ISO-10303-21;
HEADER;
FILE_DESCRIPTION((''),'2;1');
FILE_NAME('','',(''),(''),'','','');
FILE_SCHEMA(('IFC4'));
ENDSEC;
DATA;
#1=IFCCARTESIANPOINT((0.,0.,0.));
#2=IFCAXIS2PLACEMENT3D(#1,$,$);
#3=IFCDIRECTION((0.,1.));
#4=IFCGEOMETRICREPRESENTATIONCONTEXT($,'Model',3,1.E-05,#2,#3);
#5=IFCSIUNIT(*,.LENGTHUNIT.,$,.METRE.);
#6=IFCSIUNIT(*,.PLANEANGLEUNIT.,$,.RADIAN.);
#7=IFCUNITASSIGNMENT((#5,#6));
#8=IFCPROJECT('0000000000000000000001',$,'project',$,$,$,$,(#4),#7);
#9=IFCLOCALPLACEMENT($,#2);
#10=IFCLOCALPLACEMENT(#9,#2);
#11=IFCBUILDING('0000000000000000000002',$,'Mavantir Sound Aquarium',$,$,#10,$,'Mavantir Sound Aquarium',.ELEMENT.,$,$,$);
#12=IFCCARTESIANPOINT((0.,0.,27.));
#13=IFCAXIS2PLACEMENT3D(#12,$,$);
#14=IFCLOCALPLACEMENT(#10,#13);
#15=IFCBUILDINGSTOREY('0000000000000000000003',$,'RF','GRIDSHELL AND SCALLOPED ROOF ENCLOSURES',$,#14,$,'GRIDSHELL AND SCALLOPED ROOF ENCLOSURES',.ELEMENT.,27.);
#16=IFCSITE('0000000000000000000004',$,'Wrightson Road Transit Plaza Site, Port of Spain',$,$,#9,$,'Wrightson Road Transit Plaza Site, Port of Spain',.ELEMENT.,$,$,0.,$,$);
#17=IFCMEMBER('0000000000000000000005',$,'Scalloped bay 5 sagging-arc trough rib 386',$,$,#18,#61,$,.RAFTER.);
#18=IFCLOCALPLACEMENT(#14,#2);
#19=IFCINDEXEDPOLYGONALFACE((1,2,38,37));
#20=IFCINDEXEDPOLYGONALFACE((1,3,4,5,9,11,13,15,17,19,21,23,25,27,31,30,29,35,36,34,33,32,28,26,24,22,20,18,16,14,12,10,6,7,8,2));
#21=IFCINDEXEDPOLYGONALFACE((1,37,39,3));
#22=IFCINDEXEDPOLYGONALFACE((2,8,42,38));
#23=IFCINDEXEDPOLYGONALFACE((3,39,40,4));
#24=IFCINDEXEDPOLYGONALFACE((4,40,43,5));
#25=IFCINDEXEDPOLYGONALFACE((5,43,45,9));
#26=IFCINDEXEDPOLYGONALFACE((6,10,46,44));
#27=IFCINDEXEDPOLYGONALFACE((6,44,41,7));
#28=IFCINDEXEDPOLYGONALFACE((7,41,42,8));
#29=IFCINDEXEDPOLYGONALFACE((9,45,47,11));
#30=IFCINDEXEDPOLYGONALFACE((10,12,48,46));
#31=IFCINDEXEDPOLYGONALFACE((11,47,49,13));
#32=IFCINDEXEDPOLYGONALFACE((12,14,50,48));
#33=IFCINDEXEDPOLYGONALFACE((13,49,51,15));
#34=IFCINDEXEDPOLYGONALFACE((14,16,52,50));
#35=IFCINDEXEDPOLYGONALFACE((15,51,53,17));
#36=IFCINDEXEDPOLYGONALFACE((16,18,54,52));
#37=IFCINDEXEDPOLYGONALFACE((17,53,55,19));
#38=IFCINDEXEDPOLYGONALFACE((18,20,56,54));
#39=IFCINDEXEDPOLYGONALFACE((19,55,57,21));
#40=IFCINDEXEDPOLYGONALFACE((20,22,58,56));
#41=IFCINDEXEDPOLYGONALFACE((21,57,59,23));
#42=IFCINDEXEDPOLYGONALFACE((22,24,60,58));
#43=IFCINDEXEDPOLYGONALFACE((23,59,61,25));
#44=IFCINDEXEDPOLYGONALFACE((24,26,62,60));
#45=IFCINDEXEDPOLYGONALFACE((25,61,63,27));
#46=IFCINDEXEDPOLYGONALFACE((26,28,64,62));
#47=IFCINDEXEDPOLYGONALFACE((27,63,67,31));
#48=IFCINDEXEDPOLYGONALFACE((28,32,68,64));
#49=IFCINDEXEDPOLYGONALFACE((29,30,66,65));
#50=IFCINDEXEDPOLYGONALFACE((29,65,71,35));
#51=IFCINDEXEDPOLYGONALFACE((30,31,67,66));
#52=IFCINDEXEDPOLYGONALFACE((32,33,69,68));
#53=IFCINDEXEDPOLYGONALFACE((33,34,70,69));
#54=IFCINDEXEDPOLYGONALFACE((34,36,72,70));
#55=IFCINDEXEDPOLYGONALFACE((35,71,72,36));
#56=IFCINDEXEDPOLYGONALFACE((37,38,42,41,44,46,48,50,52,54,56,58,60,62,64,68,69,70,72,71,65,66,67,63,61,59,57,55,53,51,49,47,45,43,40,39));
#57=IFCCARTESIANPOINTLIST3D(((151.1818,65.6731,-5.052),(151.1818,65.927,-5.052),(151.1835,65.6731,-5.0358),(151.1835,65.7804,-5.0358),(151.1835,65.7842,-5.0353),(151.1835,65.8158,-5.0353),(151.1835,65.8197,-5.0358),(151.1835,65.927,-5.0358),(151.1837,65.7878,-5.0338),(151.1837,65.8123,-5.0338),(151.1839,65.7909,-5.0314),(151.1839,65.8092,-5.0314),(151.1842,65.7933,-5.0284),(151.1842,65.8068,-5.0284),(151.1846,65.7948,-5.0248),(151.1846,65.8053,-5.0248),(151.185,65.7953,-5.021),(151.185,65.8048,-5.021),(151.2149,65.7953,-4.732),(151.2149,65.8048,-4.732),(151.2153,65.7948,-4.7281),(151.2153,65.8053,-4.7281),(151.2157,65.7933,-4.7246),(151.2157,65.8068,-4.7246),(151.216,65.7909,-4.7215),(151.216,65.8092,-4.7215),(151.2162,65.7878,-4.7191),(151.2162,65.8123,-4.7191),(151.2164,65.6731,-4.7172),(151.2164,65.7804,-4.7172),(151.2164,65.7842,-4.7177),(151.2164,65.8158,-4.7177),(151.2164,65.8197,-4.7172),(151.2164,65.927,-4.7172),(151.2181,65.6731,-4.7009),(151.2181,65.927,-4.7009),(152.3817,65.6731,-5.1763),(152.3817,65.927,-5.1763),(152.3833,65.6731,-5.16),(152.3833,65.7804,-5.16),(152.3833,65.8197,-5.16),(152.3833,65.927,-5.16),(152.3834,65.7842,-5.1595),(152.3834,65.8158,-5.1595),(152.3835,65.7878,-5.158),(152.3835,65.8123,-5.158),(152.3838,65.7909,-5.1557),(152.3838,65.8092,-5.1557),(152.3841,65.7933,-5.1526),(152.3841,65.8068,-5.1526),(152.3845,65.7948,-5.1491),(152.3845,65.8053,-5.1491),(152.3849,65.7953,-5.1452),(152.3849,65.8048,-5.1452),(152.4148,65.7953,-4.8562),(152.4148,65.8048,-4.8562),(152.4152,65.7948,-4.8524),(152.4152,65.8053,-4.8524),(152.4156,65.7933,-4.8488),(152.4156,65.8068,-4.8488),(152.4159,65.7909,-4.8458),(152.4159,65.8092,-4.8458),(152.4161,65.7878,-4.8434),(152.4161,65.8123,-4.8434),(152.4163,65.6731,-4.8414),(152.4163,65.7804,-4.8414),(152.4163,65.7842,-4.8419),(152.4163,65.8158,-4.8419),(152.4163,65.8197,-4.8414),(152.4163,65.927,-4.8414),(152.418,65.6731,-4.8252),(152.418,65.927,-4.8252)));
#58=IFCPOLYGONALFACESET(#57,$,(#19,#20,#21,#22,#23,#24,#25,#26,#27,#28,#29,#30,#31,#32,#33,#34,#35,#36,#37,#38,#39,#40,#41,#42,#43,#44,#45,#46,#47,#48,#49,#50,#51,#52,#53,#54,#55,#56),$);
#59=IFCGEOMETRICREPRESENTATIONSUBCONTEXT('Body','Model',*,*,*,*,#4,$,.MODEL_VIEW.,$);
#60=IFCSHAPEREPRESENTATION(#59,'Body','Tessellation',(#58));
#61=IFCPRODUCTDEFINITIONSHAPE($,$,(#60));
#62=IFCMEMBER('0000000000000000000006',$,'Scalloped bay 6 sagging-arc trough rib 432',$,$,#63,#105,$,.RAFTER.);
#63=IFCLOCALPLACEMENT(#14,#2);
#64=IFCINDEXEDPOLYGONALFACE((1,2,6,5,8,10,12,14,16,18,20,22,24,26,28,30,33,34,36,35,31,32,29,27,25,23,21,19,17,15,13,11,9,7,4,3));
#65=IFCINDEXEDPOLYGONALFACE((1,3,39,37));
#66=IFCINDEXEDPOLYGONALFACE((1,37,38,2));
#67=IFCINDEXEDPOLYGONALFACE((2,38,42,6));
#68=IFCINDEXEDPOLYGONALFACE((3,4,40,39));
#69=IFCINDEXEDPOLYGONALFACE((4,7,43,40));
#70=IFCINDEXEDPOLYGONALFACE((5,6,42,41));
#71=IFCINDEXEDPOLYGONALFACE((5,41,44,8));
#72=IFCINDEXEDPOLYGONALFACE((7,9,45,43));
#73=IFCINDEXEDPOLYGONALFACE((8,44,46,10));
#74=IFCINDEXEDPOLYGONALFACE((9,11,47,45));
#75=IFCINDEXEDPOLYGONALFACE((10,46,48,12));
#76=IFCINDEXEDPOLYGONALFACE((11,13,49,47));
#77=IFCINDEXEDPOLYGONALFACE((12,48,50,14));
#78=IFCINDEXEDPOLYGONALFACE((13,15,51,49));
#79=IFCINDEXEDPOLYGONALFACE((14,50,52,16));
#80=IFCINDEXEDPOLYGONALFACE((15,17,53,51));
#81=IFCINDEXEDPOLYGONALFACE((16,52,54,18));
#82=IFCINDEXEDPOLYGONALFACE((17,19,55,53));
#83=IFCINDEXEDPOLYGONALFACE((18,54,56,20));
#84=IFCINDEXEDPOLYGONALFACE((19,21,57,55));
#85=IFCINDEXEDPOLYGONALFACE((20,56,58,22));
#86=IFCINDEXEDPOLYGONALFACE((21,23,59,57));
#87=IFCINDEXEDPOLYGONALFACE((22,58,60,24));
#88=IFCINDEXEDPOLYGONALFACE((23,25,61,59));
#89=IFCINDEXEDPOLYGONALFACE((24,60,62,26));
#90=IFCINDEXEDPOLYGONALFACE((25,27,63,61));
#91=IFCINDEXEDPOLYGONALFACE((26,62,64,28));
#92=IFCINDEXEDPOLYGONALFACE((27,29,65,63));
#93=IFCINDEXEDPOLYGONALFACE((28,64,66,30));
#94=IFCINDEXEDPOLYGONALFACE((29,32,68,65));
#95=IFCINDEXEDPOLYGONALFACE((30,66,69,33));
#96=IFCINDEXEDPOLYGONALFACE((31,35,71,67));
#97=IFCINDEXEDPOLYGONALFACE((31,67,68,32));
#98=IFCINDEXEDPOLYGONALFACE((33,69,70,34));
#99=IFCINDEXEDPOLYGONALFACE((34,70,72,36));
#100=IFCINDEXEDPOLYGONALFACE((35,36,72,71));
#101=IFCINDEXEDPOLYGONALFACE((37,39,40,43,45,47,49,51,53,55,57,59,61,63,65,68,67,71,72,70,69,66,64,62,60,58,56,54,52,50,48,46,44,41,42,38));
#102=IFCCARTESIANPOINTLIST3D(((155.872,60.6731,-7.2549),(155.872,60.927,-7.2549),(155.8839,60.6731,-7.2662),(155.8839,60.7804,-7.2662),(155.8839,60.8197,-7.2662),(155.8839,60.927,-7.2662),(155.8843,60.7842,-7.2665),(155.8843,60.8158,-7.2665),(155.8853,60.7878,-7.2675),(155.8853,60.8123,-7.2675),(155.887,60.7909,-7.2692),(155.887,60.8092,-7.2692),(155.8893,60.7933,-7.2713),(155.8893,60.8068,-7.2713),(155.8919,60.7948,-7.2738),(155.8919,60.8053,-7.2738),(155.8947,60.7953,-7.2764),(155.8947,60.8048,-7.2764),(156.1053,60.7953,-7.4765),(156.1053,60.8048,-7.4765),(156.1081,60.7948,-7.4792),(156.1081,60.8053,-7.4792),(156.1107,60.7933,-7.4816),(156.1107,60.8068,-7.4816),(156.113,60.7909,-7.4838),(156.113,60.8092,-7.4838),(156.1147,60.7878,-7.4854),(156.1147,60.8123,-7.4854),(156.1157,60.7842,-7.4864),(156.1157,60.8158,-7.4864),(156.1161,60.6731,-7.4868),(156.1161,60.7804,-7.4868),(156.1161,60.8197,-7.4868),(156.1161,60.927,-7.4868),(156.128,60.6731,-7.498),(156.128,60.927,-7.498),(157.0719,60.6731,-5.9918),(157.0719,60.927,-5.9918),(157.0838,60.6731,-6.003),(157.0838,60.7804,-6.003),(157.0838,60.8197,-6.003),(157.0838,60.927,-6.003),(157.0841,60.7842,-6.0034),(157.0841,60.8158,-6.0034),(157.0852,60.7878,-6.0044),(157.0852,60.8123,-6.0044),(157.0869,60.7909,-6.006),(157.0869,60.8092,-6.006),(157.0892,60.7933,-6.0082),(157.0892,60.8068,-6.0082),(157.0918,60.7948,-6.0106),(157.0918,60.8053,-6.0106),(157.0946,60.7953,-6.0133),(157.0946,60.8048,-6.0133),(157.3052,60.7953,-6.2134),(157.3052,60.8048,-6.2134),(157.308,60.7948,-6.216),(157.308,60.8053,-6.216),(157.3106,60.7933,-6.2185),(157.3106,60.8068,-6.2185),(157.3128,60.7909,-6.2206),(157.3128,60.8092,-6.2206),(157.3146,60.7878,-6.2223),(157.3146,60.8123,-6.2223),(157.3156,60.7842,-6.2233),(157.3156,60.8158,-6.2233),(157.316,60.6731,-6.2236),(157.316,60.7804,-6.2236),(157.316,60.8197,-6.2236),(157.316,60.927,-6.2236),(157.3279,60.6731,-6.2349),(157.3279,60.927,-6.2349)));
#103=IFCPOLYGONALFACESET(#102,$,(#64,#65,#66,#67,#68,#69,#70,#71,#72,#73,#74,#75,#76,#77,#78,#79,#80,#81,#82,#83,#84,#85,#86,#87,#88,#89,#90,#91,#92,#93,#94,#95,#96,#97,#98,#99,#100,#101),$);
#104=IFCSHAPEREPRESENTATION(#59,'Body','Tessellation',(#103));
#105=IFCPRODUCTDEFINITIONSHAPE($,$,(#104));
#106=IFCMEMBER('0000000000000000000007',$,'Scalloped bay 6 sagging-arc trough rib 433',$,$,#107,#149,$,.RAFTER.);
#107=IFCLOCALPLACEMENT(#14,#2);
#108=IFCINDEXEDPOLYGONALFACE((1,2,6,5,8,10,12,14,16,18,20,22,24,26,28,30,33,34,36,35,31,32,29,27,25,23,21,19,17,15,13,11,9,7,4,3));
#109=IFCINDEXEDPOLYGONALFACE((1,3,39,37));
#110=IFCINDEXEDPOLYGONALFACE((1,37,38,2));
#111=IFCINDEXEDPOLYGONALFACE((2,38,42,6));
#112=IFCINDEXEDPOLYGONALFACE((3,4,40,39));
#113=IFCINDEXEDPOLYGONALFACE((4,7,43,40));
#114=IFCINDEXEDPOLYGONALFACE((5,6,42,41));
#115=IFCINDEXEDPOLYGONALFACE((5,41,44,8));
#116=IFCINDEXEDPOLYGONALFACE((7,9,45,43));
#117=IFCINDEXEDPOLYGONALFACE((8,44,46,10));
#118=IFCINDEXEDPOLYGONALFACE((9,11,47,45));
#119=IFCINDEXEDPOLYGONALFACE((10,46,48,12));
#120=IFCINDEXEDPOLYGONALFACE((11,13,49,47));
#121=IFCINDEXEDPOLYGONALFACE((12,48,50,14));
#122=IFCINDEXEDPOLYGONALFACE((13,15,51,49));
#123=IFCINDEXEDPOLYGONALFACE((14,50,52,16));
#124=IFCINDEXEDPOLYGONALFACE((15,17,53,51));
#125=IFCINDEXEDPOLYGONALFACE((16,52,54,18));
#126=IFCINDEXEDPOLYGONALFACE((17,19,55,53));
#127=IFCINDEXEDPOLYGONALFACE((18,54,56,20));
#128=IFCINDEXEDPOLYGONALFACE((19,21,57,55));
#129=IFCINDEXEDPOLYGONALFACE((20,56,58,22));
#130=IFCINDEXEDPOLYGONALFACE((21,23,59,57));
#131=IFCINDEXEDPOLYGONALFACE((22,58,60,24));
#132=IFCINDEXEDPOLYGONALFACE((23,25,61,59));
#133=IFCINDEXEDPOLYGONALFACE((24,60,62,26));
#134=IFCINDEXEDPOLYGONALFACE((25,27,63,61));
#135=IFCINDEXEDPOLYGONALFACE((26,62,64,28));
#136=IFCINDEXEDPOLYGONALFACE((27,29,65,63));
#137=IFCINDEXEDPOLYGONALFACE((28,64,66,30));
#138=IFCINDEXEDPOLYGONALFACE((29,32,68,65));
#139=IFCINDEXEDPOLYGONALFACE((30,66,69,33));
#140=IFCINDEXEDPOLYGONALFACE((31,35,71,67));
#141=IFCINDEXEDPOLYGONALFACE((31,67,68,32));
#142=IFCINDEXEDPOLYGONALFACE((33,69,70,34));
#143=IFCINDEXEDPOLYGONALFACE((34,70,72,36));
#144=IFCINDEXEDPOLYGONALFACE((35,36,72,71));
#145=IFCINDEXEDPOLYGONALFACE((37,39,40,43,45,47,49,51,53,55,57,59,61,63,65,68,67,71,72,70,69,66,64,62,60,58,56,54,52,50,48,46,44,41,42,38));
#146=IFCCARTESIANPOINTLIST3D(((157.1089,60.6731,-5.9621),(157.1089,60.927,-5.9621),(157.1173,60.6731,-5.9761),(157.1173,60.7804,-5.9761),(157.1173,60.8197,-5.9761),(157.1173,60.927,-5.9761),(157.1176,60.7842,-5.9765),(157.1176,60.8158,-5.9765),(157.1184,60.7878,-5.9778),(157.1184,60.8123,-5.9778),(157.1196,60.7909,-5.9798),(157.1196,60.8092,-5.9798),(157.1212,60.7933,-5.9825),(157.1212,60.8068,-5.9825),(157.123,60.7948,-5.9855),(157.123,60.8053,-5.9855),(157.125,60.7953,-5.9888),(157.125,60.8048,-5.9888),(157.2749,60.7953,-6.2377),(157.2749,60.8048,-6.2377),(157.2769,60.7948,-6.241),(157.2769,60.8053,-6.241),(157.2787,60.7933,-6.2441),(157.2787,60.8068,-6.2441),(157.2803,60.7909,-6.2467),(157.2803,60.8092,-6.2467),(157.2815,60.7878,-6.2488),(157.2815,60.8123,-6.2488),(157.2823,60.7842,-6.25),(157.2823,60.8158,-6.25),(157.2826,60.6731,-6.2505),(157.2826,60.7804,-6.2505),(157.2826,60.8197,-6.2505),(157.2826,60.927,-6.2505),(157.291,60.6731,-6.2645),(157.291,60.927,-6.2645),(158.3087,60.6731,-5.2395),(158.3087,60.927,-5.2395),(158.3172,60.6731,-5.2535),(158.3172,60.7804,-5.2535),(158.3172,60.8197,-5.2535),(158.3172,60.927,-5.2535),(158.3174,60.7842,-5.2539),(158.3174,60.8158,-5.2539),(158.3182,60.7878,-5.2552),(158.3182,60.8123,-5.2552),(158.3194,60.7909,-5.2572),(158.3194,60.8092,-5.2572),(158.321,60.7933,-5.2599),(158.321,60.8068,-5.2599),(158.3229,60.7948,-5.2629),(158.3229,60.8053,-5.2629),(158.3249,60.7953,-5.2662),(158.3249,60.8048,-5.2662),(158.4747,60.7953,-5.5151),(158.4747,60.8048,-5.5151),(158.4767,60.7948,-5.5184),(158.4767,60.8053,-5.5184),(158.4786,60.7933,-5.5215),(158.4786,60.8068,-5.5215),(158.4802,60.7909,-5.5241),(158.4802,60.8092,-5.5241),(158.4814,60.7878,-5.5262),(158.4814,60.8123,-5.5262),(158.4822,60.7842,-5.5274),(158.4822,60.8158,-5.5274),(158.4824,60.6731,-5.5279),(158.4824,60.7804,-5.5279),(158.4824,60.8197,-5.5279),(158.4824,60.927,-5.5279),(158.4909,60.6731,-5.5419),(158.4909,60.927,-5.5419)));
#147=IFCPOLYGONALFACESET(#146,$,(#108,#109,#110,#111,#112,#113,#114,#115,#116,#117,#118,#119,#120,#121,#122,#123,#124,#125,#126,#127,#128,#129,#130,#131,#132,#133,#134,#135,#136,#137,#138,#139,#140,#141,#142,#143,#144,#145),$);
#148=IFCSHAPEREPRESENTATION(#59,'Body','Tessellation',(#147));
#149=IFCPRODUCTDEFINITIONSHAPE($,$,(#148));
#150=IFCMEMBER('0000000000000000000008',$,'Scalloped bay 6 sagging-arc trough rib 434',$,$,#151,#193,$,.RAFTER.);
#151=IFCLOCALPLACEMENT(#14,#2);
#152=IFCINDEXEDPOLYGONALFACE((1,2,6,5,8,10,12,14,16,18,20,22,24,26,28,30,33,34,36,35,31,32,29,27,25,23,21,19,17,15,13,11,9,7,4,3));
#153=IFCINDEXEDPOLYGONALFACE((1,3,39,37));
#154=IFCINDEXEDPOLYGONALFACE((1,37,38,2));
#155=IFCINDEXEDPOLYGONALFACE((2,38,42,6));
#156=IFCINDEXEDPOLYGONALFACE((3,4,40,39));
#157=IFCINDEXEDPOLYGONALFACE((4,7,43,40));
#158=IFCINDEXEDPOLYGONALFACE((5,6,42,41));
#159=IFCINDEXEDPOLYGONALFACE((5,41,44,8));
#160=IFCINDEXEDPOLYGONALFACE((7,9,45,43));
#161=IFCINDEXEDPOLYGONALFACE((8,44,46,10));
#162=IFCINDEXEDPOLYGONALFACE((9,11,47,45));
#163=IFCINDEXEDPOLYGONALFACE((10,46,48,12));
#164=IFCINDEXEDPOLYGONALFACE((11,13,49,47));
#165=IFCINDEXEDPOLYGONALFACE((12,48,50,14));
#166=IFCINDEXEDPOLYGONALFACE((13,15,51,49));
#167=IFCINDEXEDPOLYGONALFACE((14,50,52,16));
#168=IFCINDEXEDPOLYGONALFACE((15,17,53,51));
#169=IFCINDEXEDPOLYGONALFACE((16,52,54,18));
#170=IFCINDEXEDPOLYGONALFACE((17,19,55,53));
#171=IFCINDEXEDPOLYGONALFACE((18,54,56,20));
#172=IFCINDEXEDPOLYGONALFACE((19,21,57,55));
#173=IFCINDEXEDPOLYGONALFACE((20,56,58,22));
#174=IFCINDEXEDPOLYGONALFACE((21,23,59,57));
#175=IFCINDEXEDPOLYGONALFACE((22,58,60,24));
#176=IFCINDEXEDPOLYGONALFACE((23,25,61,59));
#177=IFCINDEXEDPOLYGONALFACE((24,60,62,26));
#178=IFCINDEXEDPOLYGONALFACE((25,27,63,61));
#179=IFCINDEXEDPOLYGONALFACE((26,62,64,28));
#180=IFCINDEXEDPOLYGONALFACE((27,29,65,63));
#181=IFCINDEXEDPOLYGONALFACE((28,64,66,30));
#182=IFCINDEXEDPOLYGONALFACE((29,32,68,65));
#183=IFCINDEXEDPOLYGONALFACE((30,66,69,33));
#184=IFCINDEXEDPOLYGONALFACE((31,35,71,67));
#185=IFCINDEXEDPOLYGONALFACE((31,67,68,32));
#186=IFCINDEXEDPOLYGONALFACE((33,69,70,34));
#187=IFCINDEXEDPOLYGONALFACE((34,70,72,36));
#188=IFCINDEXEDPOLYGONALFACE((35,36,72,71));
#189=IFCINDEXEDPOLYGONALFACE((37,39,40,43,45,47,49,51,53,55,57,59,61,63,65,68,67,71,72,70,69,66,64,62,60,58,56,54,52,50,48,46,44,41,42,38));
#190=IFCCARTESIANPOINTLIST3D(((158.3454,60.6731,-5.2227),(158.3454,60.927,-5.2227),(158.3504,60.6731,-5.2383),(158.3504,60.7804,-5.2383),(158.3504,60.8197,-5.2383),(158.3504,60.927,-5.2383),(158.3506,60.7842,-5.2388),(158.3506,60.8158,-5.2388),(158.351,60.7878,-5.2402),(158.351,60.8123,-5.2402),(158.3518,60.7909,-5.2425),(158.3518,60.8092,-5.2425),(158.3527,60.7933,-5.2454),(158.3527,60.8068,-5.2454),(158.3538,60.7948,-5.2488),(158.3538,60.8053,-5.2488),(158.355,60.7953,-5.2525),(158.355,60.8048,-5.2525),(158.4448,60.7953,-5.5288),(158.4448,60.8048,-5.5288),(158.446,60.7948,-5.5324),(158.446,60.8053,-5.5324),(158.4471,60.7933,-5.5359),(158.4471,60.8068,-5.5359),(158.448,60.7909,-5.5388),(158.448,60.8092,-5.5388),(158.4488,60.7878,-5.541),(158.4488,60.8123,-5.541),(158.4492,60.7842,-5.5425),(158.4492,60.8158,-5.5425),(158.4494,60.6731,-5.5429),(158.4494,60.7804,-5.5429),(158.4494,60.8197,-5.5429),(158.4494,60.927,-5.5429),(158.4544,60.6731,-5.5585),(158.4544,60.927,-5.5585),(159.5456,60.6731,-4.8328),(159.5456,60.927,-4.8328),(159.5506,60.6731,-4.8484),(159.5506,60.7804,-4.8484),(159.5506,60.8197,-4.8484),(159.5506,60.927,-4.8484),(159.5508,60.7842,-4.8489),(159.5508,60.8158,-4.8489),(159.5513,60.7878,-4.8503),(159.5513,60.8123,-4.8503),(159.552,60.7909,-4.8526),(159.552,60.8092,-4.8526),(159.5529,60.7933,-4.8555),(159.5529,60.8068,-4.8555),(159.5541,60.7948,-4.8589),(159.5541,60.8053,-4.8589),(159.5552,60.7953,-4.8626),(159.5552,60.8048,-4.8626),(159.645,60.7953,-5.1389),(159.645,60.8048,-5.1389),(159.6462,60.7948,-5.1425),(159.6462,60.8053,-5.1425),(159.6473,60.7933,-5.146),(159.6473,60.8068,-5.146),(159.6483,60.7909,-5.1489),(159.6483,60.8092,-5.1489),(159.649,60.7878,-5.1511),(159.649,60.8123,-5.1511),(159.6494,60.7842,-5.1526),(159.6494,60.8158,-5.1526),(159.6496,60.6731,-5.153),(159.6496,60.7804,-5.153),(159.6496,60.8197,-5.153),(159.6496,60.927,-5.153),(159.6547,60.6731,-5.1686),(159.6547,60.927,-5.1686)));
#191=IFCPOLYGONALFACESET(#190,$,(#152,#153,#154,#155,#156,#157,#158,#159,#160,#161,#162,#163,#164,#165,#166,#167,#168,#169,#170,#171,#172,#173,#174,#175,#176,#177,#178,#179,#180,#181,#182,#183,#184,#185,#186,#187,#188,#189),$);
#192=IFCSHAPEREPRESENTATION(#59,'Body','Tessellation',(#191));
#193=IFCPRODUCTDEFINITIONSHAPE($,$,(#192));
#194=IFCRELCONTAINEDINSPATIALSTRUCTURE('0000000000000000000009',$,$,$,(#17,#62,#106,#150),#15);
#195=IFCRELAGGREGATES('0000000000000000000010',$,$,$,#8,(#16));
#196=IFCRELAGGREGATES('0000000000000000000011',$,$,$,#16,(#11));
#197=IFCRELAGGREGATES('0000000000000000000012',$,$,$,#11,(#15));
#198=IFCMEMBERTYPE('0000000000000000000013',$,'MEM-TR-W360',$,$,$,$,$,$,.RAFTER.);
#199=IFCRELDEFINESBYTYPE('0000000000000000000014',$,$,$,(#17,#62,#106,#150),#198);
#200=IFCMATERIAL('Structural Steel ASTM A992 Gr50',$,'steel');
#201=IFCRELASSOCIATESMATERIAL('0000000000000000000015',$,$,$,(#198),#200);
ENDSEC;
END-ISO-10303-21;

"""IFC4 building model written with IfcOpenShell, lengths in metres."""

from ifc_helpers import new_model, si_unit, direction, frame, origin, origin_2d, place, context, subcontext, project, spatial, i_section, extrude, material, material_profile, profile_set, type_object, element, save


model = new_model("IFC4")

# Units and contexts
model_context = context("Model", 3, precision=1e-05, world=origin(), true_north=direction((0.0, 1.0)))
body_context = subcontext(model_context, "Body", "Model", "MODEL_VIEW")
ifc_project = project(units=[si_unit("LENGTHUNIT", "METRE"), si_unit("PLANEANGLEUNIT", "RADIAN")], contexts=[model_context])

# Site, building, storey
site_placement = place(None, origin())
site = spatial("IfcSite", under=ifc_project, at=site_placement, Name="Wrightson Road Transit Plaza Site, Port of Spain", LongName="Wrightson Road Transit Plaza Site, Port of Spain", CompositionType="ELEMENT", RefElevation=0.0)
building_placement = place(site_placement, origin())
building = spatial("IfcBuilding", under=site, at=building_placement, Name="Mavantir Sound Aquarium", LongName="Mavantir Sound Aquarium", CompositionType="ELEMENT")
storey_placement = place(building_placement, frame((0.0, 0.0, 27.0)))
storey = spatial("IfcBuildingStorey", under=building, at=storey_placement, Name="RF", Description="GRIDSHELL AND SCALLOPED ROOF ENCLOSURES", LongName="GRIDSHELL AND SCALLOPED ROOF ENCLOSURES", CompositionType="ELEMENT", Elevation=27.0)

# Shared definitions
ifc_material_1 = material(Name="Structural Steel ASTM A992 Gr50", Category="steel")

# Members
ifc_material_profile_1 = material_profile(ifc_material_1, i_section(OverallWidth=0.2539, OverallDepth=0.353, WebThickness=0.0095, FlangeThickness=0.0164, FilletRadius=0.0149, at=origin_2d()), Name="W360X91")
ifc_profile_set_1 = profile_set([ifc_material_profile_1], Name="Structural Steel ASTM A992 Gr50")
member_type_1 = type_object("IfcMemberType", Name="MEM-TR-W360", PredefinedType="RAFTER", material=ifc_profile_set_1)
member_1_placement = place(storey_placement, frame((151.2, 65.8, -4.8765), z_axis=(0.99468, 0.0, -0.10301), x_axis=(0.0, 1.0, 0.0)))
element("IfcMember", 1, at=member_1_placement, inside=storey, type_object=member_type_1, Name="Scalloped bay 5 sagging-arc trough rib 386", PredefinedType="RAFTER", context=body_context, shape_type="SweptSolid", body=[
    extrude(i_section(OverallWidth=0.2539, OverallDepth=0.353, WebThickness=0.0095, FlangeThickness=0.0164, FilletRadius=0.0149, at=origin_2d()), origin(), (0.0, 0.0, 1.0), 1.2063),
])
member_2_placement = place(storey_placement, frame((156.0, 60.8, -7.3765), z_axis=(0.688727, 0.0, 0.72502), x_axis=(0.0, 1.0, 0.0)))
element("IfcMember", 2, at=member_2_placement, inside=storey, type_object=member_type_1, Name="Scalloped bay 6 sagging-arc trough rib 432", PredefinedType="RAFTER", context=body_context, shape_type="SweptSolid", body=[
    extrude(i_section(OverallWidth=0.2539, OverallDepth=0.353, WebThickness=0.0095, FlangeThickness=0.0164, FilletRadius=0.0149, at=origin_2d()), origin(), (0.0, 0.0, 1.0), 1.7422),
])
member_3_placement = place(storey_placement, frame((157.2, 60.8, -6.1133), z_axis=(0.856646, 0.0, 0.515905), x_axis=(0.0, 1.0, 0.0)))
element("IfcMember", 3, at=member_3_placement, inside=storey, type_object=member_type_1, Name="Scalloped bay 6 sagging-arc trough rib 433", PredefinedType="RAFTER", context=body_context, shape_type="SweptSolid", body=[
    extrude(i_section(OverallWidth=0.2539, OverallDepth=0.353, WebThickness=0.0095, FlangeThickness=0.0164, FilletRadius=0.0149, at=origin_2d()), origin(), (0.0, 0.0, 1.0), 1.4006),
])
member_4_placement = place(storey_placement, frame((158.3999, 60.8, -5.3906), z_axis=(0.951074, 0.0, 0.308964), x_axis=(0.0, 1.0, 0.0)))
element("IfcMember", 4, at=member_4_placement, inside=storey, type_object=member_type_1, Name="Scalloped bay 6 sagging-arc trough rib 434", PredefinedType="RAFTER", context=body_context, shape_type="SweptSolid", body=[
    extrude(i_section(OverallWidth=0.2539, OverallDepth=0.353, WebThickness=0.0095, FlangeThickness=0.0164, FilletRadius=0.0149, at=origin_2d()), origin(), (0.0, 0.0, 1.0), 1.262),
])

save(model, "model.ifc")
